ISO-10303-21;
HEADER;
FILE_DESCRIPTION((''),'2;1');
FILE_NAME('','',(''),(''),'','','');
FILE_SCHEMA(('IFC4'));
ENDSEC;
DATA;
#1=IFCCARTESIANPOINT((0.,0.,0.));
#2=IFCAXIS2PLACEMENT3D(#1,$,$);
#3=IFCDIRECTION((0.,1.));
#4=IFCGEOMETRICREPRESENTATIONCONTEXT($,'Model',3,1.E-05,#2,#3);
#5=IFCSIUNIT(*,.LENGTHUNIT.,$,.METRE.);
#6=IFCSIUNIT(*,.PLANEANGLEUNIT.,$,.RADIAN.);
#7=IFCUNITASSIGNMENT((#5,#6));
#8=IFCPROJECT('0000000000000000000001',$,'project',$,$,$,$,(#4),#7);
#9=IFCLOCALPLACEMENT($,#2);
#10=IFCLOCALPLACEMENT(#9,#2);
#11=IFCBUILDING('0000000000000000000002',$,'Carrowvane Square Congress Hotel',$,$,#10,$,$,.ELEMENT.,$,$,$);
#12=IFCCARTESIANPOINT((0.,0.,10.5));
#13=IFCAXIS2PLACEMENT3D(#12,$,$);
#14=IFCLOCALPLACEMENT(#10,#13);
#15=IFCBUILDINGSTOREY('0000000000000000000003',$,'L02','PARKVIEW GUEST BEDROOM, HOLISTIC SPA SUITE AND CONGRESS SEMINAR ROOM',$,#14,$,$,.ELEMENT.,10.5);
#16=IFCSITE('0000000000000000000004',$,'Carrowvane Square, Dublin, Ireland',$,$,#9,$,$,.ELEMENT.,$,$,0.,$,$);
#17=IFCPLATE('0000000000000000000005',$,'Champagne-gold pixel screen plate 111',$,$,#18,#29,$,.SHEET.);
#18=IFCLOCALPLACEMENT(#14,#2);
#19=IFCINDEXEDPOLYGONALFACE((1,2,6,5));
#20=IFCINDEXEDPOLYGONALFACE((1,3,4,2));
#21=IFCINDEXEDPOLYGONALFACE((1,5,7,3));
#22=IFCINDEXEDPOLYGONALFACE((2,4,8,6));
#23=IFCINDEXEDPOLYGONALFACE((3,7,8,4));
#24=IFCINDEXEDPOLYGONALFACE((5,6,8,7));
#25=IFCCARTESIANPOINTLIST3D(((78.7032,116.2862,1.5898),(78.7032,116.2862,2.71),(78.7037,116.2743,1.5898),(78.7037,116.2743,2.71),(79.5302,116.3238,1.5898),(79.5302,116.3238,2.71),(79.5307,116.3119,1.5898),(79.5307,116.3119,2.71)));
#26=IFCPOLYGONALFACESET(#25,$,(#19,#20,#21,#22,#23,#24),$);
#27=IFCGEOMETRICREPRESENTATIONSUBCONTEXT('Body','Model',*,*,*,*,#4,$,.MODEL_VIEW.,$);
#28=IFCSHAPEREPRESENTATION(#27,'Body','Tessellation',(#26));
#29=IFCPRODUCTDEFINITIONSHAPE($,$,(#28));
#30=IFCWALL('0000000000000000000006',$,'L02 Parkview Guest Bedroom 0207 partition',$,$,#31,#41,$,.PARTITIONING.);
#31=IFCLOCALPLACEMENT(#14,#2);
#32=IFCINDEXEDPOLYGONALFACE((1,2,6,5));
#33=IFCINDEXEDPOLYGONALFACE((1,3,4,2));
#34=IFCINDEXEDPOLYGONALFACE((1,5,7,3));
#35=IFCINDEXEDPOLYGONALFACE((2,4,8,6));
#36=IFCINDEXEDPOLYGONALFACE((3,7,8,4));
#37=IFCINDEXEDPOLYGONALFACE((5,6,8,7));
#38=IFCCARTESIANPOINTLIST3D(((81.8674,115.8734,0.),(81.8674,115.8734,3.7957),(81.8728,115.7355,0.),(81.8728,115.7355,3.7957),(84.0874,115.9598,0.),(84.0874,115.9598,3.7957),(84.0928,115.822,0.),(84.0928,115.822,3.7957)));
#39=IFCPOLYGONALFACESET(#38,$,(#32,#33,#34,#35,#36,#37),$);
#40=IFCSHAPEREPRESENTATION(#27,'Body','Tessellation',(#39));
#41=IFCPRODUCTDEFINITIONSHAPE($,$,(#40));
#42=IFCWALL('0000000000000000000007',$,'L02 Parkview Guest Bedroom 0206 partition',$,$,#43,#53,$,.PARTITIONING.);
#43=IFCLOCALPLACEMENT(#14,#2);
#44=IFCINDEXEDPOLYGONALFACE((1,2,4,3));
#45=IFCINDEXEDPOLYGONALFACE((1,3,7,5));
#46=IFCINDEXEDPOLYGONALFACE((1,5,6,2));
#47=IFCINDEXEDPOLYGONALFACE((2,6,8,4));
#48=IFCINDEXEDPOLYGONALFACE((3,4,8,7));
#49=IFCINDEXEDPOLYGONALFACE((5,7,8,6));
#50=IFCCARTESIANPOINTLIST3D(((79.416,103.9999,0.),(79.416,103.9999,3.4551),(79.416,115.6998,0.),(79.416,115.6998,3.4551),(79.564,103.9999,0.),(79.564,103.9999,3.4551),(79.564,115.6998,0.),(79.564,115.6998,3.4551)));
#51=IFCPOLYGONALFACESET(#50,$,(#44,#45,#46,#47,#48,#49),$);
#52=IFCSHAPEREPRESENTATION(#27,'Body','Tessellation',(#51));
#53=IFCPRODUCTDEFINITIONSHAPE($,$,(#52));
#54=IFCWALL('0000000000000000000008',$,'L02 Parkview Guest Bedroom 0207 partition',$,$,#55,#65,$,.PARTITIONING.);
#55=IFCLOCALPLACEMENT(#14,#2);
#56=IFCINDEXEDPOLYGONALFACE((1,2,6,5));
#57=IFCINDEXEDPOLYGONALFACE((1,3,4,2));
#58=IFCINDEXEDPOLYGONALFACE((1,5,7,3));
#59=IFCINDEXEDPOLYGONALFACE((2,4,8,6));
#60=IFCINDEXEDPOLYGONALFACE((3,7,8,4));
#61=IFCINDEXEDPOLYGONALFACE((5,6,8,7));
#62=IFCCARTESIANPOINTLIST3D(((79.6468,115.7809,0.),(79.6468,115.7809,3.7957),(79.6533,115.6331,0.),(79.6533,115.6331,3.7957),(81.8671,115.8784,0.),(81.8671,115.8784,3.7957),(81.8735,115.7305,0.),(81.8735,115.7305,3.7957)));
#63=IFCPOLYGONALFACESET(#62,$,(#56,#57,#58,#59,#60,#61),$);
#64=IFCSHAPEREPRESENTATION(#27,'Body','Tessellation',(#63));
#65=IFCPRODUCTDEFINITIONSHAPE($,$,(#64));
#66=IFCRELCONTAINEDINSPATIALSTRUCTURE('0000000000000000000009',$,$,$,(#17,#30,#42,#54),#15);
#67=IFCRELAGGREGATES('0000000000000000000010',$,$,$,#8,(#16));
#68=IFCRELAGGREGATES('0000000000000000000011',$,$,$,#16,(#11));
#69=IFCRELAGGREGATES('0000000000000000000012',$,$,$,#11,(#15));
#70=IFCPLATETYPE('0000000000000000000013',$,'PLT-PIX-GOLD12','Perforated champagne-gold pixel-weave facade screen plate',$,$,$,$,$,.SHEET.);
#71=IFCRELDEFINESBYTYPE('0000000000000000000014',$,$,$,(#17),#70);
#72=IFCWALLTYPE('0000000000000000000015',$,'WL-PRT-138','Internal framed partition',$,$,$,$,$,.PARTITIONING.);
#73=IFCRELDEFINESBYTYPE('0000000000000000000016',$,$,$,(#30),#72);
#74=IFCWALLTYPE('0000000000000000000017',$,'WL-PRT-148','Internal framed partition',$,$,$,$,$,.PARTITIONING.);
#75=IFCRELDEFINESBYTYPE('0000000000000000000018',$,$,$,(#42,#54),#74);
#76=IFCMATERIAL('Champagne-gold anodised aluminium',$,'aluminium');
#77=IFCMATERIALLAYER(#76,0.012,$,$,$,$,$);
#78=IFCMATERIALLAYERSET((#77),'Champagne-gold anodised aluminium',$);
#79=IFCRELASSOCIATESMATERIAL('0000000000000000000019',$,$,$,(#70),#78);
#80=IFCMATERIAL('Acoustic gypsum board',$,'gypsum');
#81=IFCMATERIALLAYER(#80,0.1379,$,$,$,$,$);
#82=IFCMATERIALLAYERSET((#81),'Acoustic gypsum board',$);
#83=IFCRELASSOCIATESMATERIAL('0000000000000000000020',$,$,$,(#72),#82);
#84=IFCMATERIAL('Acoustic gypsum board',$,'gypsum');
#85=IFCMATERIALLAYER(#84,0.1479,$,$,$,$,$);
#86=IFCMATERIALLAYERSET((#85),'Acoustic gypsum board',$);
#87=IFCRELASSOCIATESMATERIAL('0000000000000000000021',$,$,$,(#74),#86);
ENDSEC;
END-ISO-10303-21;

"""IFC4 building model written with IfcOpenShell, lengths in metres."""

from ifc_helpers import new_model, si_unit, direction, frame, frame_2d, origin, origin_2d, place, context, subcontext, project, spatial, rectangle, extrude, material, layer, layer_set, type_object, element, save


model = new_model("IFC4")

# Units and contexts
model_context = context("Model", 3, precision=1e-05, world=origin(), true_north=direction((0.0, 1.0)))
body_context = subcontext(model_context, "Body", "Model", "MODEL_VIEW")
ifc_project = project(units=[si_unit("LENGTHUNIT", "METRE"), si_unit("PLANEANGLEUNIT", "RADIAN")], contexts=[model_context])

# Site, building, storey
site_placement = place(None, origin())
site = spatial("IfcSite", under=ifc_project, at=site_placement, Name="Carrowvane Square, Dublin, Ireland", CompositionType="ELEMENT", RefElevation=0.0)
building_placement = place(site_placement, origin())
building = spatial("IfcBuilding", under=site, at=building_placement, Name="Carrowvane Square Congress Hotel", CompositionType="ELEMENT")
storey_placement = place(building_placement, frame((0.0, 0.0, 10.5)))
storey = spatial("IfcBuildingStorey", under=building, at=storey_placement, Name="L02", Description="PARKVIEW GUEST BEDROOM, HOLISTIC SPA SUITE AND CONGRESS SEMINAR ROOM", CompositionType="ELEMENT", Elevation=10.5)

# Plate
ifc_material_1 = material(Name="Champagne-gold anodised aluminium", Category="aluminium")
ifc_layer_1 = layer(ifc_material_1, 0.012)
ifc_layer_set_1 = layer_set([ifc_layer_1], Name="Champagne-gold anodised aluminium")
plate_type_1 = type_object("IfcPlateType", Name="PLT-PIX-GOLD12", Description="Perforated champagne-gold pixel-weave facade screen plate", PredefinedType="SHEET", material=ifc_layer_set_1)
plate_1_placement = place(storey_placement, frame((79.1169, 116.2991, 1.5898), z_axis=(0.0, 0.0, 1.0), x_axis=(0.998968, 0.045414, 0.0)))
element("IfcPlate", 1, at=plate_1_placement, inside=storey, type_object=plate_type_1, Name="Champagne-gold pixel screen plate 111", PredefinedType="SHEET", context=body_context, shape_type="SweptSolid", body=[
    extrude(rectangle(XDim=0.8279, YDim=0.012, at=origin_2d()), origin(), (0.0, 0.0, 1.0), 1.1201),
])

# Walls
ifc_material_2 = material(Name="Acoustic gypsum board", Category="gypsum")
ifc_layer_2 = layer(ifc_material_2, 0.1379)
ifc_layer_set_2 = layer_set([ifc_layer_2], Name="Acoustic gypsum board")
wall_type_1 = type_object("IfcWallType", Name="WL-PRT-138", Description="Internal framed partition", PredefinedType="PARTITIONING", material=ifc_layer_set_2)
wall_1_placement = place(storey_placement, frame((81.8701, 115.8044, 0.0), z_axis=(0.0, 0.0, 1.0), x_axis=(0.999243, 0.038902, 0.0)))
element("IfcWall", 2, at=wall_1_placement, inside=storey, type_object=wall_type_1, Name="L02 Parkview Guest Bedroom 0207 partition", PredefinedType="PARTITIONING", context=body_context, shape_type="SweptSolid", body=[
    extrude(rectangle(XDim=2.2217, YDim=0.1379, at=frame_2d((1.1108, 0.0))), origin(), (0.0, 0.0, 1.0), 3.7957),
])
ifc_material_3 = material(Name="Acoustic gypsum board", Category="gypsum")
ifc_layer_3 = layer(ifc_material_3, 0.1479)
ifc_layer_set_3 = layer_set([ifc_layer_3], Name="Acoustic gypsum board")
wall_type_2 = type_object("IfcWallType", Name="WL-PRT-148", Description="Internal framed partition", PredefinedType="PARTITIONING", material=ifc_layer_set_3)
wall_2_placement = place(storey_placement, frame((79.49, 115.7, 0.0), z_axis=(0.0, 0.0, 1.0), x_axis=(0.0, -1.0, 0.0)))
element("IfcWall", 3, at=wall_2_placement, inside=storey, type_object=wall_type_2, Name="L02 Parkview Guest Bedroom 0206 partition", PredefinedType="PARTITIONING", context=body_context, shape_type="SweptSolid", body=[
    extrude(rectangle(XDim=11.7, YDim=0.1479, at=frame_2d((5.8501, 0.0))), origin(), (0.0, 0.0, 1.0), 3.4551),
])
wall_3_placement = place(storey_placement, frame((79.6499, 115.707, 0.0), z_axis=(0.0, 0.0, 1.0), x_axis=(0.999039, 0.043833, 0.0)))
element("IfcWall", 4, at=wall_3_placement, inside=storey, type_object=wall_type_2, Name="L02 Parkview Guest Bedroom 0207 partition", PredefinedType="PARTITIONING", context=body_context, shape_type="SweptSolid", body=[
    extrude(rectangle(XDim=2.2224, YDim=0.1479, at=frame_2d((1.1113, 0.0))), origin(), (0.0, 0.0, 1.0), 3.7957),
])

save(model, "model.ifc")
